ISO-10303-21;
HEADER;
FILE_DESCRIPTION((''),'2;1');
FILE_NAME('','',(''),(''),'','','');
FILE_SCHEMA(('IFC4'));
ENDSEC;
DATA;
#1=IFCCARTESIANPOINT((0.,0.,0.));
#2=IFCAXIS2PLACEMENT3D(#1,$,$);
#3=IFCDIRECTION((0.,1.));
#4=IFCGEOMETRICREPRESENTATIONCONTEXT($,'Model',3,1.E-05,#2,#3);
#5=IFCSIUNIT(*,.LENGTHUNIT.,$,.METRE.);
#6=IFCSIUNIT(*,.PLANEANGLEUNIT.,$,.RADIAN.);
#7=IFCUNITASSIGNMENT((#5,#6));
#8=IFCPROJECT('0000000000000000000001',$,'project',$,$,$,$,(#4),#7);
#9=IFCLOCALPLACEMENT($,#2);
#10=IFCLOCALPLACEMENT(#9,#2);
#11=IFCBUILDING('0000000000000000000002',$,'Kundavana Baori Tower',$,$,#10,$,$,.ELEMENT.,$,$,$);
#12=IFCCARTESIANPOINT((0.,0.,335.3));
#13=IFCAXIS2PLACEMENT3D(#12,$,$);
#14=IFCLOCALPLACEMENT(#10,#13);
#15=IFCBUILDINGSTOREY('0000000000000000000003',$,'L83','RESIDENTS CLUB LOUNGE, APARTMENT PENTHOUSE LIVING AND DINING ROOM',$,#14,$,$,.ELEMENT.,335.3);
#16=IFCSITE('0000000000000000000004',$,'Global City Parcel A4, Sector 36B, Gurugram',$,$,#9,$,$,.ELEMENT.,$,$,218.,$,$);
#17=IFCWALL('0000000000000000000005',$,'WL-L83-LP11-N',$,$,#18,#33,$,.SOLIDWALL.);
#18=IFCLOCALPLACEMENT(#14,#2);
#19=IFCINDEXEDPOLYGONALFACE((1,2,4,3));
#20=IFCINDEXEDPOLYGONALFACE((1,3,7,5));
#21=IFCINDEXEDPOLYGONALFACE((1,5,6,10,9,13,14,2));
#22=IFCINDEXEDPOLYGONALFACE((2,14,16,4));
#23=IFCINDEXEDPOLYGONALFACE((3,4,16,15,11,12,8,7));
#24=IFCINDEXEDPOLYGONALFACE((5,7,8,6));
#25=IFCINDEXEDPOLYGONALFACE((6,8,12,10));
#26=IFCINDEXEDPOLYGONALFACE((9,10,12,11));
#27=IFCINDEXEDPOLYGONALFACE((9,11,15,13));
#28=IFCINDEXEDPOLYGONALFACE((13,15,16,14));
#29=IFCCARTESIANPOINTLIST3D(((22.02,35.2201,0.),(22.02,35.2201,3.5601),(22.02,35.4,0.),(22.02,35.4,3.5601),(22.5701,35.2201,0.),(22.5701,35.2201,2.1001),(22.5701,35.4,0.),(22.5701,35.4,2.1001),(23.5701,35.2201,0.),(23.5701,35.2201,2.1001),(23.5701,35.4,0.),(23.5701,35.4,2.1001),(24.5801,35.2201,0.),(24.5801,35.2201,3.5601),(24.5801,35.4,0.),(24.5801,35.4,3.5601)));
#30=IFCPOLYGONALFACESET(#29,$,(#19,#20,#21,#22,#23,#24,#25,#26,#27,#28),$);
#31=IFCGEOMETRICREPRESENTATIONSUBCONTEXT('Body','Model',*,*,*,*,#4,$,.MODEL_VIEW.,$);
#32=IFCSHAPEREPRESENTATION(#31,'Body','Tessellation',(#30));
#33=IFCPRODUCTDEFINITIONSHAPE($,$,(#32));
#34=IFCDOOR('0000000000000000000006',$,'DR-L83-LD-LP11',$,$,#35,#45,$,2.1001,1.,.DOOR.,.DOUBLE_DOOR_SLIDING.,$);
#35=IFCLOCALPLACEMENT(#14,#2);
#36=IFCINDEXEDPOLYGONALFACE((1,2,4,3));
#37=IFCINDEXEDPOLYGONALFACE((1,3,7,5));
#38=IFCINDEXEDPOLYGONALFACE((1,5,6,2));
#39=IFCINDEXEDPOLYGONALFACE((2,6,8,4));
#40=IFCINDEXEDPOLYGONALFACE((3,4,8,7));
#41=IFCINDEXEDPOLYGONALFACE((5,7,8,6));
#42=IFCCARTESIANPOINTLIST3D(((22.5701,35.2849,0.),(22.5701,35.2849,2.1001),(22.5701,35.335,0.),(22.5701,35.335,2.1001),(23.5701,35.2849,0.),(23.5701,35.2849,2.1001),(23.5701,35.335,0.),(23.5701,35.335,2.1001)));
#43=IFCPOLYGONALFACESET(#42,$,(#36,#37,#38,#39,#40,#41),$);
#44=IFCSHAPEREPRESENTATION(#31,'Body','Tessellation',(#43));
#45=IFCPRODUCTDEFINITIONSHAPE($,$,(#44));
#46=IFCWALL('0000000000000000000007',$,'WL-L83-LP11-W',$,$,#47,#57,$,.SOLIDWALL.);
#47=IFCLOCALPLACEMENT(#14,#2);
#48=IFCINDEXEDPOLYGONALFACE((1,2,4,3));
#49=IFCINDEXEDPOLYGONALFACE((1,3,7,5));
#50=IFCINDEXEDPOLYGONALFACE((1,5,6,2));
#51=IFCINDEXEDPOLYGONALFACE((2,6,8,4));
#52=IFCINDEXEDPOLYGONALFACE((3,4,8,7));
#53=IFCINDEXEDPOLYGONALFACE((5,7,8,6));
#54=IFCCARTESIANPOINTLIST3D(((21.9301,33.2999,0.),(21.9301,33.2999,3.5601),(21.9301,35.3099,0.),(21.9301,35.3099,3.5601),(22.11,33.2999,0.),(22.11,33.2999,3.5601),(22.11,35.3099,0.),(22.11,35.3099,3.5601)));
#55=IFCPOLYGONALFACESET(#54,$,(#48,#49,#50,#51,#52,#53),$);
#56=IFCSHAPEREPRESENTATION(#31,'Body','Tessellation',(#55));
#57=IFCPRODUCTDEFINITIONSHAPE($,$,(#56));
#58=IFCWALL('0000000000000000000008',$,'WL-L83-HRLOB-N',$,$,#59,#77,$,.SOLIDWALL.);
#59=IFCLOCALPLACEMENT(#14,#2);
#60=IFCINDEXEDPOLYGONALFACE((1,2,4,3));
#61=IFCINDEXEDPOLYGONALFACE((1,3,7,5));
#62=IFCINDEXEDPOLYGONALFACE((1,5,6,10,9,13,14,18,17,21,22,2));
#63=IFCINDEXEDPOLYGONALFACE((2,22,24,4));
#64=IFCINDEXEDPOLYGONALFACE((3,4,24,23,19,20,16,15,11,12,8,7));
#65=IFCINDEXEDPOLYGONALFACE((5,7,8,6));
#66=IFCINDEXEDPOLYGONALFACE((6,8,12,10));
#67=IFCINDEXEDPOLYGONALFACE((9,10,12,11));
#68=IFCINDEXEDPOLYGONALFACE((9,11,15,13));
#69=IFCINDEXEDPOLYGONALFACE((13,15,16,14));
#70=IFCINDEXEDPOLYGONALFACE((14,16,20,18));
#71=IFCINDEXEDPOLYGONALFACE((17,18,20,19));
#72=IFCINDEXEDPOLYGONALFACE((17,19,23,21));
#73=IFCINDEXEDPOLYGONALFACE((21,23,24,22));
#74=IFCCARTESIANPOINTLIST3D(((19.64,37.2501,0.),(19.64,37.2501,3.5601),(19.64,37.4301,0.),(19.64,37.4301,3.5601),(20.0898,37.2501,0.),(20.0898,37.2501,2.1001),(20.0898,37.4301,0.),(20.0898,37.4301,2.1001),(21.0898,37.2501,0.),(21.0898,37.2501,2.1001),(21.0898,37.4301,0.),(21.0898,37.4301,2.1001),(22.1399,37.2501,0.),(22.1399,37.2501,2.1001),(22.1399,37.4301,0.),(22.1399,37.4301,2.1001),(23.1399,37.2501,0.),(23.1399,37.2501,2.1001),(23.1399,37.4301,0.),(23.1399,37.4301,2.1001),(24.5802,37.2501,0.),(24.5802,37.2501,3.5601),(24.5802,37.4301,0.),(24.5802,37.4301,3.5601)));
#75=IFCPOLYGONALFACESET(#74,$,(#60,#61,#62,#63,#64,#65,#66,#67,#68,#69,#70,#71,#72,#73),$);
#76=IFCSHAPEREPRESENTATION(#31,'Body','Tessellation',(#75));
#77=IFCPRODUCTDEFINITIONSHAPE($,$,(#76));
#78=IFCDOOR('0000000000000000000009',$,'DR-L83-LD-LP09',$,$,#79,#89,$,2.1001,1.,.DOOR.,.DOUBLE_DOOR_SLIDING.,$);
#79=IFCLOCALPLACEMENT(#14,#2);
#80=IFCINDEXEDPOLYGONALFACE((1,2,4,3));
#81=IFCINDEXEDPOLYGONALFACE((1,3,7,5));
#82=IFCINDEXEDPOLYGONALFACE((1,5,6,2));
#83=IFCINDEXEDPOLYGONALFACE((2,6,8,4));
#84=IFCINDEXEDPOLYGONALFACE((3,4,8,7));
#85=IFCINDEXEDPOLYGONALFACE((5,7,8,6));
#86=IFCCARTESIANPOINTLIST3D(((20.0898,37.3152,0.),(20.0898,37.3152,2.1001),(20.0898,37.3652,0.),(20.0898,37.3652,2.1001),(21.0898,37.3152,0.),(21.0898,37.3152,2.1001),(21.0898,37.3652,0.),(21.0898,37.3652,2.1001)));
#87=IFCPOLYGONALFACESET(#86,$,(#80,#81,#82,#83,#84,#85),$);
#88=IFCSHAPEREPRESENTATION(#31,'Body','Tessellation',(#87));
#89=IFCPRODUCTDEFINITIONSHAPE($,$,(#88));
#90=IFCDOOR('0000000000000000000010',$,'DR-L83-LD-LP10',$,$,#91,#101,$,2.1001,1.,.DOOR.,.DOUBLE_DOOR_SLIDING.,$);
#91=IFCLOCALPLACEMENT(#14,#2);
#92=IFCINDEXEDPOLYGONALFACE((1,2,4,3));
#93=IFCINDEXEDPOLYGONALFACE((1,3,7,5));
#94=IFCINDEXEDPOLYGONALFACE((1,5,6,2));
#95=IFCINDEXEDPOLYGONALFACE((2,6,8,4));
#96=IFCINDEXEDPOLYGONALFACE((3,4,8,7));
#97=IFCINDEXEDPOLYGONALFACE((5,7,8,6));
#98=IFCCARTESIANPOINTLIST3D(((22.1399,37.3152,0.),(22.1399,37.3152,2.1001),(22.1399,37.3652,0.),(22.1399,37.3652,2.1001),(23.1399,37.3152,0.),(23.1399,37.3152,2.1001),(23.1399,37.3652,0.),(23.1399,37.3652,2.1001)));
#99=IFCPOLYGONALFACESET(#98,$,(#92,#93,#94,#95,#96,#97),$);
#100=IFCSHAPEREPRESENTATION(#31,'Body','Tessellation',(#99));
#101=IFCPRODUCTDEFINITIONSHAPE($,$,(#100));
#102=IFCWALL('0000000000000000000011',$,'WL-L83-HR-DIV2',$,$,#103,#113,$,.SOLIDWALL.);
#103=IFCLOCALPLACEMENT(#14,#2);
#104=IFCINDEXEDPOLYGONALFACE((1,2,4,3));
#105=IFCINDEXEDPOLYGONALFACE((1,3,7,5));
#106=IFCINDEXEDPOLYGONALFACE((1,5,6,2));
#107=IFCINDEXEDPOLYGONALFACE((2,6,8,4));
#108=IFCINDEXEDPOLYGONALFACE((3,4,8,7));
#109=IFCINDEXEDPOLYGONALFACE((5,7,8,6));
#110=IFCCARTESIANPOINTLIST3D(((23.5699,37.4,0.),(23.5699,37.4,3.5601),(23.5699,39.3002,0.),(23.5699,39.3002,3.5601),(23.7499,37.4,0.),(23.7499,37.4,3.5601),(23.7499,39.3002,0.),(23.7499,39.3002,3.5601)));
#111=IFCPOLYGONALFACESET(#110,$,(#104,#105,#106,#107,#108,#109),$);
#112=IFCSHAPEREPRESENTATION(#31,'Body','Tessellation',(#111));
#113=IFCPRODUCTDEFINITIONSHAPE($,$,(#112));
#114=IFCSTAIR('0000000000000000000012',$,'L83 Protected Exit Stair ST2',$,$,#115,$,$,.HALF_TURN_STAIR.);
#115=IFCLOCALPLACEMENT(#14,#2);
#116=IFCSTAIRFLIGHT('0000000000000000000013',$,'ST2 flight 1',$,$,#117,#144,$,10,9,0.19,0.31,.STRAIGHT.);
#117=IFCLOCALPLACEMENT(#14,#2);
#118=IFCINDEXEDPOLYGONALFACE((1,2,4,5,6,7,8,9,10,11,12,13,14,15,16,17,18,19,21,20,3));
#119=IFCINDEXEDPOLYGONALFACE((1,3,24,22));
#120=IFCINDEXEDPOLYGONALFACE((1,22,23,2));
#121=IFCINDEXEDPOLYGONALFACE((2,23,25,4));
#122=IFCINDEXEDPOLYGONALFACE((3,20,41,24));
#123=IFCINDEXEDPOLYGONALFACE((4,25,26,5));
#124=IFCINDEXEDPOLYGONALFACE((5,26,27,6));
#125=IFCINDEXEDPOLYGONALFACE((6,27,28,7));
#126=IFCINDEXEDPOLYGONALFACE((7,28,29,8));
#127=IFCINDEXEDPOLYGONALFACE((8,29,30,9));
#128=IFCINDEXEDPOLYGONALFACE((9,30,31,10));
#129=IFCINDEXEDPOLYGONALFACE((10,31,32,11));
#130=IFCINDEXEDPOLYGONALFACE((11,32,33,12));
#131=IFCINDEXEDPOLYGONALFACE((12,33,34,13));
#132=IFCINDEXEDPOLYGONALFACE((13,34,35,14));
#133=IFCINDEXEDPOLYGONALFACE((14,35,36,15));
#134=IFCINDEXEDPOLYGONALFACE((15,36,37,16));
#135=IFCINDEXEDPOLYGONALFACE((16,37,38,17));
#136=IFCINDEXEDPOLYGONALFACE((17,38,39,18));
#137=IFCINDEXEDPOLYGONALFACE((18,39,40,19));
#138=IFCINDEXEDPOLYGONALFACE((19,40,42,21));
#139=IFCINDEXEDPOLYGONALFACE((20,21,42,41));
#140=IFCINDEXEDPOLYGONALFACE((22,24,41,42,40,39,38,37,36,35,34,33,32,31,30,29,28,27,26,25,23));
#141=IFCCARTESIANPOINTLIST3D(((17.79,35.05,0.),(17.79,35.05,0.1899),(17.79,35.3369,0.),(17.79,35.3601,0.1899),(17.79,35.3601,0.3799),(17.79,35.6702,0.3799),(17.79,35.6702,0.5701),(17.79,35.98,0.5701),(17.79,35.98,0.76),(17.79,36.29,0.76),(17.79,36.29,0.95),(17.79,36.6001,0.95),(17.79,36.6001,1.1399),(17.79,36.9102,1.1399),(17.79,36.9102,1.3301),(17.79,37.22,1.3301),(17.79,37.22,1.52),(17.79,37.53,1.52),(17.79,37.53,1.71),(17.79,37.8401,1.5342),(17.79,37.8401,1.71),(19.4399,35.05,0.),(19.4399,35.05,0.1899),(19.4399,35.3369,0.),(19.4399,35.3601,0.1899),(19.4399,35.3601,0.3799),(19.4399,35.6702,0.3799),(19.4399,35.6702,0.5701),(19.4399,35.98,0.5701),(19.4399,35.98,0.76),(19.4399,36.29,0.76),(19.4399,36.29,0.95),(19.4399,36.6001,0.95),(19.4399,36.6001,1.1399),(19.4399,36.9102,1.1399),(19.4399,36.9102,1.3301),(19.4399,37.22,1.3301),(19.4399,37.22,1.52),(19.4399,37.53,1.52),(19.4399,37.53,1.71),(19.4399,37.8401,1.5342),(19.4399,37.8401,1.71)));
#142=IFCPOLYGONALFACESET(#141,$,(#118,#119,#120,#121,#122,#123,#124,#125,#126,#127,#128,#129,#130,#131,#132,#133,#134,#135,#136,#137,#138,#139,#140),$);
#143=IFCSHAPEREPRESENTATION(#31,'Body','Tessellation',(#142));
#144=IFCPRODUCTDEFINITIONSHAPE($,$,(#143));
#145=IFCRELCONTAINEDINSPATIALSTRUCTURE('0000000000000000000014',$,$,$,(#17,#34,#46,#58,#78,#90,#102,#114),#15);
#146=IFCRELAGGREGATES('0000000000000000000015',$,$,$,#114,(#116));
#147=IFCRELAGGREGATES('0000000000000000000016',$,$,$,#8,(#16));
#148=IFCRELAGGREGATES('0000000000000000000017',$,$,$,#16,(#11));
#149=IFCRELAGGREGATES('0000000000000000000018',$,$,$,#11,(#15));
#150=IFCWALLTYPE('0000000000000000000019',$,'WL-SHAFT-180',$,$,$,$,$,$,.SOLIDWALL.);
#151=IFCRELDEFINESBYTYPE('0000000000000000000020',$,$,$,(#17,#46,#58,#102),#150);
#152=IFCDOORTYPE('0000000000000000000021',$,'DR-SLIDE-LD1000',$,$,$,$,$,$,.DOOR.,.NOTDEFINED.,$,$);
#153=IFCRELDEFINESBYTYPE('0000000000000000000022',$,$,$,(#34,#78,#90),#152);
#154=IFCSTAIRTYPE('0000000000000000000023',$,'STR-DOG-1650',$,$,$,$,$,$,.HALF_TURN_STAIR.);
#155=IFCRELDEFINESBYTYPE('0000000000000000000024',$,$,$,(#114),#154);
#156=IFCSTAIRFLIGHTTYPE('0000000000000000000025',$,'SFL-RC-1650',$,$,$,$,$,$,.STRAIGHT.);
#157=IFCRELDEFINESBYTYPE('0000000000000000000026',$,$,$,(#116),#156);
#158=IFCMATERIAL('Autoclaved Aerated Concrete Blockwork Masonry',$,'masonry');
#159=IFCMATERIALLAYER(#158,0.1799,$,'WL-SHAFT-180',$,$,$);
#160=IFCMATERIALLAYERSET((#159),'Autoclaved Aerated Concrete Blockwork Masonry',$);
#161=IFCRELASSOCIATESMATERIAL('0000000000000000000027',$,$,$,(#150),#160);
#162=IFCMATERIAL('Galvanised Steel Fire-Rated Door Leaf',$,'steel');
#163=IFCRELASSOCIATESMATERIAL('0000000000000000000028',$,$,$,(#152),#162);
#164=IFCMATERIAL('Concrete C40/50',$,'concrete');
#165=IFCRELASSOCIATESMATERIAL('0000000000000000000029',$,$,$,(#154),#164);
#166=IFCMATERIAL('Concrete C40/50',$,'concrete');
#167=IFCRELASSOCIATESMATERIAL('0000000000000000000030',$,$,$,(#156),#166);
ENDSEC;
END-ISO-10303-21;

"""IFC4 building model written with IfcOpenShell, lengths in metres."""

from ifc_helpers import new_model, si_unit, direction, frame, frame_2d, origin, place, context, subcontext, project, spatial, polyline, rectangle, outline, extrude, material, layer, layer_set, type_object, element, fill, aggregate, save


model = new_model("IFC4")

# Units and contexts
model_context = context("Model", 3, precision=1e-05, world=origin(), true_north=direction((0.0, 1.0)))
body_context = subcontext(model_context, "Body", "Model", "MODEL_VIEW")
ifc_project = project(units=[si_unit("LENGTHUNIT", "METRE"), si_unit("PLANEANGLEUNIT", "RADIAN")], contexts=[model_context])

# Site, building, storey
site_placement = place(None, origin())
site = spatial("IfcSite", under=ifc_project, at=site_placement, Name="Global City Parcel A4, Sector 36B, Gurugram", CompositionType="ELEMENT", RefElevation=218.0)
building_placement = place(site_placement, origin())
building = spatial("IfcBuilding", under=site, at=building_placement, Name="Kundavana Baori Tower", CompositionType="ELEMENT")
storey_placement = place(building_placement, frame((0.0, 0.0, 335.3)))
storey = spatial("IfcBuildingStorey", under=building, at=storey_placement, Name="L83", Description="RESIDENTS CLUB LOUNGE, APARTMENT PENTHOUSE LIVING AND DINING ROOM", CompositionType="ELEMENT", Elevation=335.3)

# Wall, opening, door
ifc_material_1 = material(Name="Autoclaved Aerated Concrete Blockwork Masonry", Category="masonry")
ifc_layer_1 = layer(ifc_material_1, 0.1799, Name="WL-SHAFT-180")
ifc_layer_set_1 = layer_set([ifc_layer_1], Name="Autoclaved Aerated Concrete Blockwork Masonry")
wall_type_1 = type_object("IfcWallType", Name="WL-SHAFT-180", PredefinedType="SOLIDWALL", material=ifc_layer_set_1)
wall_1_placement = place(storey_placement, frame((22.02, 35.3101, 0.0), z_axis=(0.0, 0.0, 1.0), x_axis=(1.0, 0.0, 0.0)))
wall_1 = element("IfcWall", 1, at=wall_1_placement, inside=storey, type_object=wall_type_1, Name="WL-L83-LP11-N", PredefinedType="SOLIDWALL", context=body_context, shape_type="SweptSolid", body=[
    extrude(rectangle(XDim=2.5601, YDim=0.1799, at=frame_2d((1.28, 0.0))), origin(), (0.0, 0.0, 1.0), 3.5601),
])
opening_1_placement = place(wall_1_placement, frame((0.55, 0.0, 0.0)))
opening_1 = element("IfcOpeningElement", 2, at=opening_1_placement, cuts=wall_1, PredefinedType="OPENING", context=body_context, shape_type="SweptSolid", body=[
    extrude(rectangle(XDim=1.0, YDim=2.1001, at=frame_2d((0.5, 1.05))), frame((0.0, 0.1001, 0.0), z_axis=(0.0, -1.0, 0.0), x_axis=(1.0, 0.0, 0.0)), (0.0, 0.0, 1.0), 0.2),
])
ifc_material_2 = material(Name="Galvanised Steel Fire-Rated Door Leaf", Category="steel")
door_type_1 = type_object("IfcDoorType", Name="DR-SLIDE-LD1000", OperationType="NOTDEFINED", PredefinedType="DOOR", material=ifc_material_2)
door_1_placement = place(opening_1_placement, origin())
door_1 = element("IfcDoor", 3, at=door_1_placement, inside=storey, type_object=door_type_1, Name="DR-L83-LD-LP11", OperationType="DOUBLE_DOOR_SLIDING", OverallHeight=2.1001, OverallWidth=1.0, PredefinedType="DOOR", context=body_context, shape_type="SweptSolid", body=[
    extrude(rectangle(XDim=1.0, YDim=2.1001, at=frame_2d((0.5, 1.05))), frame((0.0, 0.0249, 0.0), z_axis=(0.0, -1.0, 0.0), x_axis=(1.0, 0.0, 0.0)), (0.0, 0.0, 1.0), 0.05),
])
fill(opening_1, door_1)

# Wall
wall_2_placement = place(storey_placement, frame((22.02, 33.3, 0.0), z_axis=(0.0, 0.0, 1.0), x_axis=(0.0, 1.0, 0.0)))
element("IfcWall", 4, at=wall_2_placement, inside=storey, type_object=wall_type_1, Name="WL-L83-LP11-W", PredefinedType="SOLIDWALL", context=body_context, shape_type="SweptSolid", body=[
    extrude(rectangle(XDim=2.01, YDim=0.1799, at=frame_2d((1.0049, 0.0))), origin(), (0.0, 0.0, 1.0), 3.5601),
])

# Wall, openings, doors
wall_3_placement = place(storey_placement, frame((19.6399, 37.3401, 0.0), z_axis=(0.0, 0.0, 1.0), x_axis=(1.0, 0.0, 0.0)))
wall_3 = element("IfcWall", 5, at=wall_3_placement, inside=storey, type_object=wall_type_1, Name="WL-L83-HRLOB-N", PredefinedType="SOLIDWALL", context=body_context, shape_type="SweptSolid", body=[
    extrude(rectangle(XDim=4.9402, YDim=0.1799, at=frame_2d((2.4702, 0.0))), origin(), (0.0, 0.0, 1.0), 3.5601),
])
opening_2_placement = place(wall_3_placement, frame((0.45, 0.0, 0.0)))
opening_2 = element("IfcOpeningElement", 6, at=opening_2_placement, cuts=wall_3, PredefinedType="OPENING", context=body_context, shape_type="SweptSolid", body=[
    extrude(rectangle(XDim=1.0, YDim=2.1001, at=frame_2d((0.5, 1.05))), frame((0.0, 0.1001, 0.0), z_axis=(0.0, -1.0, 0.0), x_axis=(1.0, 0.0, 0.0)), (0.0, 0.0, 1.0), 0.2),
])
opening_3_placement = place(wall_3_placement, frame((2.5, 0.0, 0.0)))
opening_3 = element("IfcOpeningElement", 7, at=opening_3_placement, cuts=wall_3, PredefinedType="OPENING", context=body_context, shape_type="SweptSolid", body=[
    extrude(rectangle(XDim=1.0, YDim=2.1001, at=frame_2d((0.5, 1.05))), frame((0.0, 0.1001, 0.0), z_axis=(0.0, -1.0, 0.0), x_axis=(1.0, 0.0, 0.0)), (0.0, 0.0, 1.0), 0.2),
])
door_2_placement = place(opening_2_placement, frame((1.0, 0.0, 0.0), z_axis=(0.0, 0.0, 1.0), x_axis=(-1.0, 0.0, 0.0)))
door_2 = element("IfcDoor", 8, at=door_2_placement, inside=storey, type_object=door_type_1, Name="DR-L83-LD-LP09", OperationType="DOUBLE_DOOR_SLIDING", OverallHeight=2.1001, OverallWidth=1.0, PredefinedType="DOOR", context=body_context, shape_type="SweptSolid", body=[
    extrude(rectangle(XDim=1.0, YDim=2.1001, at=frame_2d((0.5, 1.05))), frame((0.0, 0.0249, 0.0), z_axis=(0.0, -1.0, 0.0), x_axis=(1.0, 0.0, 0.0)), (0.0, 0.0, 1.0), 0.05),
])
fill(opening_2, door_2)
door_3_placement = place(opening_3_placement, frame((1.0, 0.0, 0.0), z_axis=(0.0, 0.0, 1.0), x_axis=(-1.0, 0.0, 0.0)))
door_3 = element("IfcDoor", 9, at=door_3_placement, inside=storey, type_object=door_type_1, Name="DR-L83-LD-LP10", OperationType="DOUBLE_DOOR_SLIDING", OverallHeight=2.1001, OverallWidth=1.0, PredefinedType="DOOR", context=body_context, shape_type="SweptSolid", body=[
    extrude(rectangle(XDim=1.0, YDim=2.1001, at=frame_2d((0.5, 1.05))), frame((0.0, 0.0249, 0.0), z_axis=(0.0, -1.0, 0.0), x_axis=(1.0, 0.0, 0.0)), (0.0, 0.0, 1.0), 0.05),
])
fill(opening_3, door_3)

# Wall
wall_4_placement = place(storey_placement, frame((23.6599, 37.3999, 0.0), z_axis=(0.0, 0.0, 1.0), x_axis=(0.0, 1.0, 0.0)))
element("IfcWall", 10, at=wall_4_placement, inside=storey, type_object=wall_type_1, Name="WL-L83-HR-DIV2", PredefinedType="SOLIDWALL", context=body_context, shape_type="SweptSolid", body=[
    extrude(rectangle(XDim=1.9001, YDim=0.1799, at=frame_2d((0.9502, 0.0))), origin(), (0.0, 0.0, 1.0), 3.5601),
])

# Stair, stair flight
ifc_material_3 = material(Name="Concrete C40/50", Category="concrete")
stair_type = type_object("IfcStairType", Name="STR-DOG-1650", PredefinedType="HALF_TURN_STAIR", material=ifc_material_3)
stair_placement = place(storey_placement, origin())
stair = element("IfcStair", 11, at=stair_placement, inside=storey, type_object=stair_type, Name="L83 Protected Exit Stair ST2", PredefinedType="HALF_TURN_STAIR")
ifc_material_4 = material(Name="Concrete C40/50", Category="concrete")
stair_flight_type = type_object("IfcStairFlightType", Name="SFL-RC-1650", PredefinedType="STRAIGHT", material=ifc_material_4)
stair_flight_placement = place(storey_placement, frame((18.615, 35.05, 0.0), z_axis=(0.0, 0.0, 1.0), x_axis=(0.0, 1.0, 0.0)))
stair_flight = element("IfcStairFlight", 12, at=stair_flight_placement, type_object=stair_flight_type, Name="ST2 flight 1", NumberOfRisers=10, NumberOfTreads=9, PredefinedType="STRAIGHT", RiserHeight=0.19, TreadLength=0.31, context=body_context, shape_type="SweptSolid", body=[
    extrude(outline(polyline([(0.0, 0.0), (0.0, 0.1899), (0.3101, 0.1899), (0.3101, 0.3799), (0.6201, 0.3799), (0.6201, 0.5701), (0.9299, 0.5701), (0.9299, 0.76), (1.24, 0.76), (1.24, 0.95), (1.55, 0.95), (1.55, 1.1399), (1.8601, 1.1399), (1.8601, 1.3301), (2.1699, 1.3301), (2.1699, 1.52), (2.48, 1.52), (2.48, 1.71), (2.79, 1.71), (2.79, 1.8999), (2.79, 1.5342), (0.2869, 0.0), (0.0, 0.0)])), frame((0.0, 0.825, 0.0), z_axis=(0.0, -1.0, 0.0), x_axis=(1.0, 0.0, 0.0)), (0.0, 0.0, 1.0), 1.6499),
])
aggregate(stair, [stair_flight])

save(model, "model.ifc")
